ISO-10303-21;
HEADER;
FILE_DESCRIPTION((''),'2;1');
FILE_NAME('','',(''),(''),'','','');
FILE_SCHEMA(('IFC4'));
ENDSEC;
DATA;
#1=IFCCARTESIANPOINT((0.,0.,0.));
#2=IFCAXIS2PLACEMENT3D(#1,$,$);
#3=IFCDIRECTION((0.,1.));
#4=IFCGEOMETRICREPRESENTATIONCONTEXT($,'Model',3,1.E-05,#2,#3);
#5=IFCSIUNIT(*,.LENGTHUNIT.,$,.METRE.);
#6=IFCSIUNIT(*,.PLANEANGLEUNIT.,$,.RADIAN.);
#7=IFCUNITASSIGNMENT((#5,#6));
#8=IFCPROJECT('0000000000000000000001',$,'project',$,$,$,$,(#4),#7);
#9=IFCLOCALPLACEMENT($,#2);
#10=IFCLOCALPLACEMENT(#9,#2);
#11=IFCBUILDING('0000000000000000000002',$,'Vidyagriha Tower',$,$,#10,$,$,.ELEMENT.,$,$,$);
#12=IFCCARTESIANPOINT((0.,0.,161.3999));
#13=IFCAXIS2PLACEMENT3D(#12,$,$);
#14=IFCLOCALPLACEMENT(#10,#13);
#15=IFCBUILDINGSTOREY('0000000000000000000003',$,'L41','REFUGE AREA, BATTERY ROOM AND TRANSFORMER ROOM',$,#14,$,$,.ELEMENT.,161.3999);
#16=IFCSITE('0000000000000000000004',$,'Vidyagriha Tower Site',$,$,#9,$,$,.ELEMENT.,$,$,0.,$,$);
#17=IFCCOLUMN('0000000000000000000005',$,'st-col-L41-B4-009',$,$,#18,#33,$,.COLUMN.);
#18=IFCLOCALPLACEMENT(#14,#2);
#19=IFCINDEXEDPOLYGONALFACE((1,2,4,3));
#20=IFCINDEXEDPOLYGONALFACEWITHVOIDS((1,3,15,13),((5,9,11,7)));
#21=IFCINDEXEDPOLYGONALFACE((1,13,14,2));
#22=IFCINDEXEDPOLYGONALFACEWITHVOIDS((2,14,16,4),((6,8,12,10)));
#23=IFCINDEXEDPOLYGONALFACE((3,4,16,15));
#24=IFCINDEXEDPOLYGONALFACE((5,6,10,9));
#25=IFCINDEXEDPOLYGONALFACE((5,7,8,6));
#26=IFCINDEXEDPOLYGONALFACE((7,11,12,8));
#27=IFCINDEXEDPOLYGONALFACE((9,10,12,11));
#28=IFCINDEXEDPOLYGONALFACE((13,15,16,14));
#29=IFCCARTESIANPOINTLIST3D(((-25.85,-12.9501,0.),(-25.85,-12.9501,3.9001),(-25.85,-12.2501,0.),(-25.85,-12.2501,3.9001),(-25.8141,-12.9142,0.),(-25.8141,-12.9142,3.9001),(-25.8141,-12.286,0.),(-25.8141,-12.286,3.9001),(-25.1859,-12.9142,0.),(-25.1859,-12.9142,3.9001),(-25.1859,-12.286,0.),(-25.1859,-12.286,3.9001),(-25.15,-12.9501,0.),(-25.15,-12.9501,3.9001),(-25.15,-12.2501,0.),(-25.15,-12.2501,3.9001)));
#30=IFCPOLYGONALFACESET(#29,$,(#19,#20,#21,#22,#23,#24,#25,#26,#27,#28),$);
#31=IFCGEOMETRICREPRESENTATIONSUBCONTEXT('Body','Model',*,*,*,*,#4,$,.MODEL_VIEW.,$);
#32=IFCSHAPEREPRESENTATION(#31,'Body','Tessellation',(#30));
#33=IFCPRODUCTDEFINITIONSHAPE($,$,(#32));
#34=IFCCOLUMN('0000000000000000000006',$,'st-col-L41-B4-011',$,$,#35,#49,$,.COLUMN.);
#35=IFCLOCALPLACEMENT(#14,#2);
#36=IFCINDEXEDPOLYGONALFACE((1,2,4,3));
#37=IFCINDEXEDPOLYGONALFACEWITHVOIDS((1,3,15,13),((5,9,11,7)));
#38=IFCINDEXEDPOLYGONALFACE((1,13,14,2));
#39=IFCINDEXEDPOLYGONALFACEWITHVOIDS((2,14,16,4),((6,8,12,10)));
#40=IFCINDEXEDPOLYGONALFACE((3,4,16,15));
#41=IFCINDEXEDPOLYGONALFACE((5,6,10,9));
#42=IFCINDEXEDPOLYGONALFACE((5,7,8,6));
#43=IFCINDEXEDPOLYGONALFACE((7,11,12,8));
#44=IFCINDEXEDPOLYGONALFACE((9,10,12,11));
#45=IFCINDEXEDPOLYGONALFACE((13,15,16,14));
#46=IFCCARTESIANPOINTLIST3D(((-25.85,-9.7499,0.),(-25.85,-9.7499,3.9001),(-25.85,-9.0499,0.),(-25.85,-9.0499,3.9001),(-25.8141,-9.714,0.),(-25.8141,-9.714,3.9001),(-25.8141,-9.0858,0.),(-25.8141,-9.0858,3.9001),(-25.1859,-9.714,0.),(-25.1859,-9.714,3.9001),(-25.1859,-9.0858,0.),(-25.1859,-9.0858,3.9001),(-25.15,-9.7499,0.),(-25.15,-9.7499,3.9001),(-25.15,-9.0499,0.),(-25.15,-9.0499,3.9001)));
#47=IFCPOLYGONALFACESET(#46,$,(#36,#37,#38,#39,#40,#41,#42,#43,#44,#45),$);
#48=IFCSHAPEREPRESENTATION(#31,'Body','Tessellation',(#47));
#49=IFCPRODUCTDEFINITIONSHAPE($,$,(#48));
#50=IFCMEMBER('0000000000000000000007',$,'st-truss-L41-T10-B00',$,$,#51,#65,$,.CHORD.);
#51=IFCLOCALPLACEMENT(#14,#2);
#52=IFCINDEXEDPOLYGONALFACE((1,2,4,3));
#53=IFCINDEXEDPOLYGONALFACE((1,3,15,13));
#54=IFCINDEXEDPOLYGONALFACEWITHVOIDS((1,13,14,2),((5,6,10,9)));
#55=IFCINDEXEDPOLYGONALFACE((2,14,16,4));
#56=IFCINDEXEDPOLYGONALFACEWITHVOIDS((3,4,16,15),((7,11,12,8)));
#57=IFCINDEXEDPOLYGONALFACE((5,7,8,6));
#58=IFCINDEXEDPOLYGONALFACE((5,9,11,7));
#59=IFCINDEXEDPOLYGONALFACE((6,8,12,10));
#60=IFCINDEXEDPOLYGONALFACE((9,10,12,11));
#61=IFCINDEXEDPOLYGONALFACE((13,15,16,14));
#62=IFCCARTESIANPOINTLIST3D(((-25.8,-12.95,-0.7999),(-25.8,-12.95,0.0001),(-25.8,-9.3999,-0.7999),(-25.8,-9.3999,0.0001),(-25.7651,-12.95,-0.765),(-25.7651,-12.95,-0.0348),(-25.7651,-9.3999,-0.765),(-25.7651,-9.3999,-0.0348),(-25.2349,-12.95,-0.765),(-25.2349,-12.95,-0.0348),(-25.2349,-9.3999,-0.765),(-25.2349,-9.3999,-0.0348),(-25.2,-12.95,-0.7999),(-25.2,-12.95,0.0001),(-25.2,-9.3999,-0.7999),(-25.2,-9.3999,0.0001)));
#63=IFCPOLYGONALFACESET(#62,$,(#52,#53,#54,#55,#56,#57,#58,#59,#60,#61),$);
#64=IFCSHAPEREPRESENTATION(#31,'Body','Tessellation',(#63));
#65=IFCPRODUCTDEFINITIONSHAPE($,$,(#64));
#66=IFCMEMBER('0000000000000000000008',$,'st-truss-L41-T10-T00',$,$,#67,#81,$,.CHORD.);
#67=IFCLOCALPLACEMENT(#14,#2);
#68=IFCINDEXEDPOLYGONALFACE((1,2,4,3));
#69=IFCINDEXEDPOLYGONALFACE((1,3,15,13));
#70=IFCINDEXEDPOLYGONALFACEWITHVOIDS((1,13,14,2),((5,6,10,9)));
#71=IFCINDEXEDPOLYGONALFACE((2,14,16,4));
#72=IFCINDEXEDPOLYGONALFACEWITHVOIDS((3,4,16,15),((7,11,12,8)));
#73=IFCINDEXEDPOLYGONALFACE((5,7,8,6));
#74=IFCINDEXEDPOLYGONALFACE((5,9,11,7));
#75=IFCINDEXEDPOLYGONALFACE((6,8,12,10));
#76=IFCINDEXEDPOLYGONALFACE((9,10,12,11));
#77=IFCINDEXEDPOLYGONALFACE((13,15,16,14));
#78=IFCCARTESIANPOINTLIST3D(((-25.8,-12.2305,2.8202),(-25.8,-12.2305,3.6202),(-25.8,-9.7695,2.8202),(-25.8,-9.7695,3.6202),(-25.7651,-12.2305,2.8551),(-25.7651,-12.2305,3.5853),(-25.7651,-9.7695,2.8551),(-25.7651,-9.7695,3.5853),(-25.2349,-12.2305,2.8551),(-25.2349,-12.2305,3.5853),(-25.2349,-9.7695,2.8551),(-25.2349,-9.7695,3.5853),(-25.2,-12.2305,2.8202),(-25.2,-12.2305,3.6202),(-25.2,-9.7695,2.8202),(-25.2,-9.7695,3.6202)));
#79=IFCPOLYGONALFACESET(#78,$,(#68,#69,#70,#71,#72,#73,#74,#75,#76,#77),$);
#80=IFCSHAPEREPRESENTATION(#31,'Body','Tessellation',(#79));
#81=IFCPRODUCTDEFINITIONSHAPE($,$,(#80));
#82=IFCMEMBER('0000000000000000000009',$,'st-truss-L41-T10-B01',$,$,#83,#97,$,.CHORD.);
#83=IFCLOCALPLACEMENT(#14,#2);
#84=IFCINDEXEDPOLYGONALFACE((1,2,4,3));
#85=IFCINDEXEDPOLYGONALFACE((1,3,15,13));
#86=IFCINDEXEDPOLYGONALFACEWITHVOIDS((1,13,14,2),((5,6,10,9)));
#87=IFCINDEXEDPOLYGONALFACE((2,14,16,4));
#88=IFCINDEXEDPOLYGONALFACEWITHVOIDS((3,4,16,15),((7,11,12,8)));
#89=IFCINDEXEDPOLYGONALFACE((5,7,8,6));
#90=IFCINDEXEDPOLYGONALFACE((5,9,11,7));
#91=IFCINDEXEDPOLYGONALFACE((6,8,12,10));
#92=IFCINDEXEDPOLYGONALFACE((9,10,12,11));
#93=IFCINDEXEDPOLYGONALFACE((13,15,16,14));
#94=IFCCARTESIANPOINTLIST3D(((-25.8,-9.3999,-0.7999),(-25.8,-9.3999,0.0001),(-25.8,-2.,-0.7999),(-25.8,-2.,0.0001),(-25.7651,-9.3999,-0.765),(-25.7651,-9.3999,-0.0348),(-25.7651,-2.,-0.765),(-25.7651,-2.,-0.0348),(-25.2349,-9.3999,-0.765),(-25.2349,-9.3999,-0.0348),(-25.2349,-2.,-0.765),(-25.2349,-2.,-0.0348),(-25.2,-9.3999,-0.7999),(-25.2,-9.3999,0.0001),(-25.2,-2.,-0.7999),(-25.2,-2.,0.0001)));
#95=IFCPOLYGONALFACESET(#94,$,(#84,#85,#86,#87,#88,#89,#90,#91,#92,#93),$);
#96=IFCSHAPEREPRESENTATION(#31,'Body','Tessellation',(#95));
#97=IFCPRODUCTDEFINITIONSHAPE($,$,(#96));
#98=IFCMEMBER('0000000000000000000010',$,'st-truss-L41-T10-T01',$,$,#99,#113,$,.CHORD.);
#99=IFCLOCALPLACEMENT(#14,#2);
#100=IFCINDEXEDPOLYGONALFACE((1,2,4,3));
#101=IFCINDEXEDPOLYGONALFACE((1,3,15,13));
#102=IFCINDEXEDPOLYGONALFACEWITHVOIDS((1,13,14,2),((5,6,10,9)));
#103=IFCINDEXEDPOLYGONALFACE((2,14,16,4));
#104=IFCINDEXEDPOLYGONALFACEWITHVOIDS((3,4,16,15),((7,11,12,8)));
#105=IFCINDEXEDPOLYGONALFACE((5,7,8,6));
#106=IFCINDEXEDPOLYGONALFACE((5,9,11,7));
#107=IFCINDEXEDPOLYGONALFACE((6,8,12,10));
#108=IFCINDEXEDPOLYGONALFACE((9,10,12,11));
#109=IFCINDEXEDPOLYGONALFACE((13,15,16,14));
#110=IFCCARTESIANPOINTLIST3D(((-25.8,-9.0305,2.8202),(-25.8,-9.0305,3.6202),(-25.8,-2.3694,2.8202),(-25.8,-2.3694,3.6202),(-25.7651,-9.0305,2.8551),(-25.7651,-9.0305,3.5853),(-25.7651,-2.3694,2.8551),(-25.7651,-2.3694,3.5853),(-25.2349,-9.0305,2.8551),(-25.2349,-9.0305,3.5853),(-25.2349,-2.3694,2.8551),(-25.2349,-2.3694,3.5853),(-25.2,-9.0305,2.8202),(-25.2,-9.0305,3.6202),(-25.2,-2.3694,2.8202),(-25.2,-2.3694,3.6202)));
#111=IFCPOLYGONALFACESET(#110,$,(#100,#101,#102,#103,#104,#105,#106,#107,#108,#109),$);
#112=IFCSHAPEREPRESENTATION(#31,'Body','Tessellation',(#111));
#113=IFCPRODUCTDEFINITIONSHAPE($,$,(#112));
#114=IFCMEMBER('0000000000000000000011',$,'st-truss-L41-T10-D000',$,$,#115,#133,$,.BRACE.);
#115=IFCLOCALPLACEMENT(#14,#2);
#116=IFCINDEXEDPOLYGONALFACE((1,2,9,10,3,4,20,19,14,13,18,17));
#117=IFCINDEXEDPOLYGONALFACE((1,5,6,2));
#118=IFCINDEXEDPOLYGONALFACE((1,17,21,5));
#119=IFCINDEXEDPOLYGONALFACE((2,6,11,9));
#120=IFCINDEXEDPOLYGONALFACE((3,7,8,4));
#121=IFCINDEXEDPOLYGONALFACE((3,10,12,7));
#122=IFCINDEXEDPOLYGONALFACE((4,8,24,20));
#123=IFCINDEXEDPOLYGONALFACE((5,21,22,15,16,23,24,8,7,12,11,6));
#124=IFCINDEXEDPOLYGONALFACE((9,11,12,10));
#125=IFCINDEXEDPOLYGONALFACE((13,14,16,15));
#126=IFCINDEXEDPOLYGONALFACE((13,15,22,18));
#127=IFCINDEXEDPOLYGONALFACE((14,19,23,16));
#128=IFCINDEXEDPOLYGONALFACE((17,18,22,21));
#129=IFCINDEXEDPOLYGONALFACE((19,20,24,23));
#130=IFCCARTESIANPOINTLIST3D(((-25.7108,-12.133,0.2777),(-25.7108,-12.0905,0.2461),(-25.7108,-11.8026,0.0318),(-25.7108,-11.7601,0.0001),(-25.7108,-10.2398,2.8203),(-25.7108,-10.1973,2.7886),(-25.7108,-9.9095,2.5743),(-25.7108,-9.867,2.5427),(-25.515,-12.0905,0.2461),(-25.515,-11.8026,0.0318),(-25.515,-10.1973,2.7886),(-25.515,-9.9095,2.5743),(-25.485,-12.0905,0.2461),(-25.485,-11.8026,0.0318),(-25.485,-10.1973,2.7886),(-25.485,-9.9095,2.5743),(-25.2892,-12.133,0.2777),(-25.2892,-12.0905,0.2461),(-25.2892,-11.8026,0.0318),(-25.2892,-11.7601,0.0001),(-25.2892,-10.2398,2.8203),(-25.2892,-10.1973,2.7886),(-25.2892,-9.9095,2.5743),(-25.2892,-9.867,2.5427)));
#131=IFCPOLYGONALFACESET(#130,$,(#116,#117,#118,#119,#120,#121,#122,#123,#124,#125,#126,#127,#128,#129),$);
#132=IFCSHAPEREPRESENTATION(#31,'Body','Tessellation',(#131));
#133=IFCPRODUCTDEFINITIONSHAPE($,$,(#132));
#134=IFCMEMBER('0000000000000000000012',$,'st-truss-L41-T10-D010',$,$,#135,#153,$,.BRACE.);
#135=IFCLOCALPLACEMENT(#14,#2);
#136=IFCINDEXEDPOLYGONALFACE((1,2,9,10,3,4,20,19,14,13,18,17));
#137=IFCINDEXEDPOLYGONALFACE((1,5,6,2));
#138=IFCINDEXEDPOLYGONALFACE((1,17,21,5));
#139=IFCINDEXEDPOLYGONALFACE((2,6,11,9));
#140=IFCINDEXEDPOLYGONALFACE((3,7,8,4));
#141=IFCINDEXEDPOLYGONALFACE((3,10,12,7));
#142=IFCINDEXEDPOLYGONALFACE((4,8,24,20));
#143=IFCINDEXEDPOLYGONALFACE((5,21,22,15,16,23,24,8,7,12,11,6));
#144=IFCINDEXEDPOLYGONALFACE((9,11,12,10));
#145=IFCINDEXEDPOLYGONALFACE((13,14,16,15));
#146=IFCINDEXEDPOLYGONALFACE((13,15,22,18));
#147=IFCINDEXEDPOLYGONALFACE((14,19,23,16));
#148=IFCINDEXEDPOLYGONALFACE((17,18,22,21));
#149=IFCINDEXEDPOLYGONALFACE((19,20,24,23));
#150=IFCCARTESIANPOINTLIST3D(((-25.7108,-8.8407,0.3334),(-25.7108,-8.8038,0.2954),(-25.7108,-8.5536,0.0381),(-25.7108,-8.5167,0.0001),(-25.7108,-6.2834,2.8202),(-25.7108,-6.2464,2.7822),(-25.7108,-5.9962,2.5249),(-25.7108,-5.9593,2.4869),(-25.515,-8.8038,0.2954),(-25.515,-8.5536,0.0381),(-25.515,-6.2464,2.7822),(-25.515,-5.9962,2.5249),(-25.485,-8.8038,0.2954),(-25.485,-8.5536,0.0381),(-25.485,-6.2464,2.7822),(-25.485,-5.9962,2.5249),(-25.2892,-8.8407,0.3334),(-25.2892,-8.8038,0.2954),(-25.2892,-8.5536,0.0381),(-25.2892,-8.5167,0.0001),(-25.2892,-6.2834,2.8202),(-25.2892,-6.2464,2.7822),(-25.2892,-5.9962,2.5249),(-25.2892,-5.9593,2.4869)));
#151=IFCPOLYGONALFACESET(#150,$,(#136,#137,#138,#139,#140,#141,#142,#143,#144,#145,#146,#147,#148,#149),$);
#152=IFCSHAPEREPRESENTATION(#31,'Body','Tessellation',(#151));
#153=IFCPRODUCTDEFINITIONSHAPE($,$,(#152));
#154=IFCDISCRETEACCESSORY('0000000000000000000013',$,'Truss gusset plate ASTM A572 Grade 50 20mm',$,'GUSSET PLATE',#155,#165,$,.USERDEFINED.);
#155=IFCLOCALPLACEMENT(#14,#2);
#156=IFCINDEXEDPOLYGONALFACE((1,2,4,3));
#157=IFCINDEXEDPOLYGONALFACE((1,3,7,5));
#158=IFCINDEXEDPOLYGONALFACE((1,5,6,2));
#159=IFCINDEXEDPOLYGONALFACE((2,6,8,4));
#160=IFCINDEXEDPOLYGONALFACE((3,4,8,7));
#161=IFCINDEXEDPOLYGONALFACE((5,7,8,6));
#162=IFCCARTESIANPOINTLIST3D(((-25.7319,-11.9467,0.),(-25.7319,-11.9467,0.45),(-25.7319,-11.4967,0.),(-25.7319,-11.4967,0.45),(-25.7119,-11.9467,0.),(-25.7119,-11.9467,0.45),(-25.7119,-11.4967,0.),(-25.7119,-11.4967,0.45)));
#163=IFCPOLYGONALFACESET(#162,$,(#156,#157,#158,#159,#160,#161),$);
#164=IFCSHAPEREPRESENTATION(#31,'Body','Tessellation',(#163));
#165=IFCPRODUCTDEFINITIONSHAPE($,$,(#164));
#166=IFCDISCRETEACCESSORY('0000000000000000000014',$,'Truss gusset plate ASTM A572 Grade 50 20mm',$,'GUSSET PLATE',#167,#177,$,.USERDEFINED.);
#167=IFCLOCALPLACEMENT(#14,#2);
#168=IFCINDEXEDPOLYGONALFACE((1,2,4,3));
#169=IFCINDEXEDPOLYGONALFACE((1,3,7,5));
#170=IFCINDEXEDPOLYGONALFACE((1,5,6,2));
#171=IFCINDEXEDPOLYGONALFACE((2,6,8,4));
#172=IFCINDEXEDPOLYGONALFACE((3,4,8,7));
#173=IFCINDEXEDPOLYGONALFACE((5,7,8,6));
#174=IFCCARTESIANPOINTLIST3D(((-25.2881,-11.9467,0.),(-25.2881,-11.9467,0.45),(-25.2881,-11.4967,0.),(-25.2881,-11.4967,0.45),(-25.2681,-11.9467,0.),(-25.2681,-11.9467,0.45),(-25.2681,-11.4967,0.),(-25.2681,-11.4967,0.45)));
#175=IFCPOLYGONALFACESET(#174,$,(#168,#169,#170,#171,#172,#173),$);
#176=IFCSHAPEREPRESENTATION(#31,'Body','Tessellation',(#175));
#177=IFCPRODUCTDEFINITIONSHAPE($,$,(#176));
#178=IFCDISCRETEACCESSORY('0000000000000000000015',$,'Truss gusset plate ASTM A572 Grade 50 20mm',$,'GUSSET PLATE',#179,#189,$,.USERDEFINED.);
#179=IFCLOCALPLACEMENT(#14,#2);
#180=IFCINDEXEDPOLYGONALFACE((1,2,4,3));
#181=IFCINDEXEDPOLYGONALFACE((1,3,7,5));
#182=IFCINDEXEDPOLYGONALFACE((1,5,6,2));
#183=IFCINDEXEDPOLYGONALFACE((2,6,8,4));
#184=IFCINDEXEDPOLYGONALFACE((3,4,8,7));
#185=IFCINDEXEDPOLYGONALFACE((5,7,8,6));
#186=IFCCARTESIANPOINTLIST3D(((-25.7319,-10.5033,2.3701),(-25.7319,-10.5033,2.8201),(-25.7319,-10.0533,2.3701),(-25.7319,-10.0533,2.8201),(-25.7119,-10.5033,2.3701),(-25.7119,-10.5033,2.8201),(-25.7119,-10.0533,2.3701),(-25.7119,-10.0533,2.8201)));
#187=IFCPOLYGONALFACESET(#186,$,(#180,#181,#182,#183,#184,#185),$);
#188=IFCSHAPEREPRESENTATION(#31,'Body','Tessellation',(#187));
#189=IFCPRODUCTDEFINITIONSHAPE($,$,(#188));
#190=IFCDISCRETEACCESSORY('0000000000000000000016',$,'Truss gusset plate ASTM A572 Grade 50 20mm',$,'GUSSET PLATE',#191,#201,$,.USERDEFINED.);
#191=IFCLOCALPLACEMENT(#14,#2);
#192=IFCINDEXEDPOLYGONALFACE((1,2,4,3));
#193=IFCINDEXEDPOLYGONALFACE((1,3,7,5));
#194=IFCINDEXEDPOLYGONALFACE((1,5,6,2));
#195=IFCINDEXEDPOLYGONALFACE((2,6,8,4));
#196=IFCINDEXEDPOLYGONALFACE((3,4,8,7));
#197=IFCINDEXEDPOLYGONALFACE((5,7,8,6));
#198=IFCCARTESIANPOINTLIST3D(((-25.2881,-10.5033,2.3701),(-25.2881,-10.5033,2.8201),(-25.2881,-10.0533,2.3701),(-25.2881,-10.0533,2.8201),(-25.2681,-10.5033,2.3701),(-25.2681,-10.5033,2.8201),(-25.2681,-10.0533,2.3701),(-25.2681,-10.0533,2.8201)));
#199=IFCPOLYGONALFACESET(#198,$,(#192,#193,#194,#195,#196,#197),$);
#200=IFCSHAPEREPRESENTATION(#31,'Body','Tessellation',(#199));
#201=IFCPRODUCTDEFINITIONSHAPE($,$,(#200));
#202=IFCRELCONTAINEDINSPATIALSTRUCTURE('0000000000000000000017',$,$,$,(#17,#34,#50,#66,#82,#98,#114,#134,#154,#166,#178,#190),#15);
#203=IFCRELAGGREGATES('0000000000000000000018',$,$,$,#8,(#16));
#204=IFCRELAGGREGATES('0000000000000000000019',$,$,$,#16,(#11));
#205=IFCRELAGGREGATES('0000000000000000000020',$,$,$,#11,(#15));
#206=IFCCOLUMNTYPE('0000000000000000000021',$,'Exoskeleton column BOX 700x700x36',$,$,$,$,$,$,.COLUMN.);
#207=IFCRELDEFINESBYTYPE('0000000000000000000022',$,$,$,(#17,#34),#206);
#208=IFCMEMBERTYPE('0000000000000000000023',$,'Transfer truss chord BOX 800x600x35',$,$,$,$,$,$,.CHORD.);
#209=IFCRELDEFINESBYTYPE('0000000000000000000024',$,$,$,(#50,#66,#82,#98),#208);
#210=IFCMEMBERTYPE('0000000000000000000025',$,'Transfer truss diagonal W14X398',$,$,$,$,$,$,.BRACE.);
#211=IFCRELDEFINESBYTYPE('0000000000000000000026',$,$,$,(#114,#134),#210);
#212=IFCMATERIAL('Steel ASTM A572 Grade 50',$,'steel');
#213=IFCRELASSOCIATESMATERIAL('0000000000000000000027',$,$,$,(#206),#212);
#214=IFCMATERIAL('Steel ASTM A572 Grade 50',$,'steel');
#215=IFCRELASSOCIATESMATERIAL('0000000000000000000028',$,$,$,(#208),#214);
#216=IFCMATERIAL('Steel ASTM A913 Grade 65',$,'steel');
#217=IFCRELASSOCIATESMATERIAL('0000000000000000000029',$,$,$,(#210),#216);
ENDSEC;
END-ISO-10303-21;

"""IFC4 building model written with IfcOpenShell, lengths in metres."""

from ifc_helpers import new_model, si_unit, direction, frame, origin, origin_2d, place, context, subcontext, project, spatial, rectangle, hollow_rectangle, i_section, extrude, material, material_profile, profile_set, type_object, element, save


model = new_model("IFC4")

# Units and contexts
model_context = context("Model", 3, precision=1e-05, world=origin(), true_north=direction((0.0, 1.0)))
body_context = subcontext(model_context, "Body", "Model", "MODEL_VIEW")
ifc_project = project(units=[si_unit("LENGTHUNIT", "METRE"), si_unit("PLANEANGLEUNIT", "RADIAN")], contexts=[model_context])

# Site, building, storey
site_placement = place(None, origin())
site = spatial("IfcSite", under=ifc_project, at=site_placement, Name="Vidyagriha Tower Site", CompositionType="ELEMENT", RefElevation=0.0)
building_placement = place(site_placement, origin())
building = spatial("IfcBuilding", under=site, at=building_placement, Name="Vidyagriha Tower", CompositionType="ELEMENT")
storey_placement = place(building_placement, frame((0.0, 0.0, 161.3999)))
storey = spatial("IfcBuildingStorey", under=building, at=storey_placement, Name="L41", Description="REFUGE AREA, BATTERY ROOM AND TRANSFORMER ROOM", CompositionType="ELEMENT", Elevation=161.3999)

# Columns
ifc_material_1 = material(Name="Steel ASTM A572 Grade 50", Category="steel")
ifc_material_profile_1 = material_profile(ifc_material_1, hollow_rectangle(XDim=0.7, YDim=0.7, WallThickness=0.0359, at=origin_2d()), Name="BOX 700x700x36")
ifc_profile_set_1 = profile_set([ifc_material_profile_1], Name="Steel ASTM A572 Grade 50")
column_type = type_object("IfcColumnType", Name="Exoskeleton column BOX 700x700x36", PredefinedType="COLUMN", material=ifc_profile_set_1)
for number, where, name in (
    (1, (-25.5, -12.6001, 0.0), "st-col-L41-B4-009"),
    (2, (-25.5, -9.3999, 0.0), "st-col-L41-B4-011"),
):
    element("IfcColumn", number, at=place(storey_placement, frame(where)), inside=storey, type_object=column_type, Name=name, PredefinedType="COLUMN", context=body_context, shape_type="SweptSolid", body=[
        extrude(hollow_rectangle(XDim=0.7, YDim=0.7, WallThickness=0.0359, at=origin_2d()), origin(), (0.0, 0.0, 1.0), 3.9001),
    ])

# Members
ifc_material_2 = material(Name="Steel ASTM A572 Grade 50", Category="steel")
ifc_material_profile_2 = material_profile(ifc_material_2, hollow_rectangle(XDim=0.6001, YDim=0.8, WallThickness=0.0349, at=origin_2d()), Name="BOX 800x600x35")
ifc_profile_set_2 = profile_set([ifc_material_profile_2], Name="Steel ASTM A572 Grade 50")
member_type_1 = type_object("IfcMemberType", Name="Transfer truss chord BOX 800x600x35", PredefinedType="CHORD", material=ifc_profile_set_2)
member_1_placement = place(storey_placement, frame((-25.5, -12.95, -0.3999), z_axis=(0.0, 1.0, 0.0), x_axis=(-1.0, 0.0, 0.0)))
element("IfcMember", 3, at=member_1_placement, inside=storey, type_object=member_type_1, Name="st-truss-L41-T10-B00", PredefinedType="CHORD", context=body_context, shape_type="SweptSolid", body=[
    extrude(hollow_rectangle(XDim=0.6001, YDim=0.8, WallThickness=0.0349, at=origin_2d()), origin(), (0.0, 0.0, 1.0), 3.55),
])
member_2_placement = place(storey_placement, frame((-25.5, -12.2305, 3.2202), z_axis=(0.0, 1.0, 0.0), x_axis=(-1.0, 0.0, 0.0)))
element("IfcMember", 4, at=member_2_placement, inside=storey, type_object=member_type_1, Name="st-truss-L41-T10-T00", PredefinedType="CHORD", context=body_context, shape_type="SweptSolid", body=[
    extrude(hollow_rectangle(XDim=0.6001, YDim=0.8, WallThickness=0.0349, at=origin_2d()), origin(), (0.0, 0.0, 1.0), 2.4609),
])
member_3_placement = place(storey_placement, frame((-25.5, -9.3999, -0.3999), z_axis=(0.0, 1.0, 0.0), x_axis=(-1.0, 0.0, 0.0)))
element("IfcMember", 5, at=member_3_placement, inside=storey, type_object=member_type_1, Name="st-truss-L41-T10-B01", PredefinedType="CHORD", context=body_context, shape_type="SweptSolid", body=[
    extrude(hollow_rectangle(XDim=0.6001, YDim=0.8, WallThickness=0.0349, at=origin_2d()), origin(), (0.0, 0.0, 1.0), 7.3999),
])
member_4_placement = place(storey_placement, frame((-25.5, -9.0305, 3.2202), z_axis=(0.0, 1.0, 0.0), x_axis=(-1.0, 0.0, 0.0)))
element("IfcMember", 6, at=member_4_placement, inside=storey, type_object=member_type_1, Name="st-truss-L41-T10-T01", PredefinedType="CHORD", context=body_context, shape_type="SweptSolid", body=[
    extrude(hollow_rectangle(XDim=0.6001, YDim=0.8, WallThickness=0.0349, at=origin_2d()), origin(), (0.0, 0.0, 1.0), 6.6611),
])
ifc_material_3 = material(Name="Steel ASTM A913 Grade 65", Category="steel")
ifc_material_profile_3 = material_profile(ifc_material_3, i_section(OverallWidth=0.4216, OverallDepth=0.4648, WebThickness=0.03, FlangeThickness=0.053, at=origin_2d()), Name="W14X398")
ifc_profile_set_3 = profile_set([ifc_material_profile_3], Name="Steel ASTM A913 Grade 65")
member_type_2 = type_object("IfcMemberType", Name="Transfer truss diagonal W14X398", PredefinedType="BRACE", material=ifc_profile_set_3)
member_5_placement = place(storey_placement, frame((-25.5, -11.9465, 0.1389), z_axis=(0.0, 0.597211, 0.802084), x_axis=(-1.0, 0.0, 0.0)))
element("IfcMember", 7, at=member_5_placement, inside=storey, type_object=member_type_2, Name="st-truss-L41-T10-D000", PredefinedType="BRACE", context=body_context, shape_type="SweptSolid", body=[
    extrude(i_section(OverallWidth=0.4216, OverallDepth=0.4648, WebThickness=0.03, FlangeThickness=0.053, at=origin_2d()), origin(), (0.0, 0.0, 1.0), 3.1699),
])
member_6_placement = place(storey_placement, frame((-25.5, -8.6787, 0.1667), z_axis=(0.0, 0.716927, 0.697148), x_axis=(-1.0, 0.0, 0.0)))
element("IfcMember", 8, at=member_6_placement, inside=storey, type_object=member_type_2, Name="st-truss-L41-T10-D010", PredefinedType="BRACE", context=body_context, shape_type="SweptSolid", body=[
    extrude(i_section(OverallWidth=0.4216, OverallDepth=0.4648, WebThickness=0.03, FlangeThickness=0.053, at=origin_2d()), origin(), (0.0, 0.0, 1.0), 3.5671),
])

# Discrete accessories
for number, where, z_axis, x_axis, name in (
    (9, (-25.7219, -11.7217, 0.0), (0.0, 0.0, 1.0), (0.0, 1.0, 0.0), "Truss gusset plate ASTM A572 Grade 50 20mm"),
    (10, (-25.2781, -11.7217, 0.0), (0.0, 0.0, 1.0), (0.0, 1.0, 0.0), "Truss gusset plate ASTM A572 Grade 50 20mm"),
    (11, (-25.7219, -10.2783, 2.3701), (0.0, 0.0, 1.0), (0.0, 1.0, 0.0), "Truss gusset plate ASTM A572 Grade 50 20mm"),
    (12, (-25.2781, -10.2783, 2.3701), (0.0, 0.0, 1.0), (0.0, 1.0, 0.0), "Truss gusset plate ASTM A572 Grade 50 20mm"),
):
    element("IfcDiscreteAccessory", number, at=place(storey_placement, frame(where, z_axis=z_axis, x_axis=x_axis)), inside=storey, Name=name, ObjectType="GUSSET PLATE", PredefinedType="USERDEFINED", context=body_context, shape_type="SweptSolid", body=[
        extrude(rectangle(XDim=0.45, YDim=0.02, at=origin_2d()), origin(), (0.0, 0.0, 1.0), 0.45),
    ])

save(model, "model.ifc")
